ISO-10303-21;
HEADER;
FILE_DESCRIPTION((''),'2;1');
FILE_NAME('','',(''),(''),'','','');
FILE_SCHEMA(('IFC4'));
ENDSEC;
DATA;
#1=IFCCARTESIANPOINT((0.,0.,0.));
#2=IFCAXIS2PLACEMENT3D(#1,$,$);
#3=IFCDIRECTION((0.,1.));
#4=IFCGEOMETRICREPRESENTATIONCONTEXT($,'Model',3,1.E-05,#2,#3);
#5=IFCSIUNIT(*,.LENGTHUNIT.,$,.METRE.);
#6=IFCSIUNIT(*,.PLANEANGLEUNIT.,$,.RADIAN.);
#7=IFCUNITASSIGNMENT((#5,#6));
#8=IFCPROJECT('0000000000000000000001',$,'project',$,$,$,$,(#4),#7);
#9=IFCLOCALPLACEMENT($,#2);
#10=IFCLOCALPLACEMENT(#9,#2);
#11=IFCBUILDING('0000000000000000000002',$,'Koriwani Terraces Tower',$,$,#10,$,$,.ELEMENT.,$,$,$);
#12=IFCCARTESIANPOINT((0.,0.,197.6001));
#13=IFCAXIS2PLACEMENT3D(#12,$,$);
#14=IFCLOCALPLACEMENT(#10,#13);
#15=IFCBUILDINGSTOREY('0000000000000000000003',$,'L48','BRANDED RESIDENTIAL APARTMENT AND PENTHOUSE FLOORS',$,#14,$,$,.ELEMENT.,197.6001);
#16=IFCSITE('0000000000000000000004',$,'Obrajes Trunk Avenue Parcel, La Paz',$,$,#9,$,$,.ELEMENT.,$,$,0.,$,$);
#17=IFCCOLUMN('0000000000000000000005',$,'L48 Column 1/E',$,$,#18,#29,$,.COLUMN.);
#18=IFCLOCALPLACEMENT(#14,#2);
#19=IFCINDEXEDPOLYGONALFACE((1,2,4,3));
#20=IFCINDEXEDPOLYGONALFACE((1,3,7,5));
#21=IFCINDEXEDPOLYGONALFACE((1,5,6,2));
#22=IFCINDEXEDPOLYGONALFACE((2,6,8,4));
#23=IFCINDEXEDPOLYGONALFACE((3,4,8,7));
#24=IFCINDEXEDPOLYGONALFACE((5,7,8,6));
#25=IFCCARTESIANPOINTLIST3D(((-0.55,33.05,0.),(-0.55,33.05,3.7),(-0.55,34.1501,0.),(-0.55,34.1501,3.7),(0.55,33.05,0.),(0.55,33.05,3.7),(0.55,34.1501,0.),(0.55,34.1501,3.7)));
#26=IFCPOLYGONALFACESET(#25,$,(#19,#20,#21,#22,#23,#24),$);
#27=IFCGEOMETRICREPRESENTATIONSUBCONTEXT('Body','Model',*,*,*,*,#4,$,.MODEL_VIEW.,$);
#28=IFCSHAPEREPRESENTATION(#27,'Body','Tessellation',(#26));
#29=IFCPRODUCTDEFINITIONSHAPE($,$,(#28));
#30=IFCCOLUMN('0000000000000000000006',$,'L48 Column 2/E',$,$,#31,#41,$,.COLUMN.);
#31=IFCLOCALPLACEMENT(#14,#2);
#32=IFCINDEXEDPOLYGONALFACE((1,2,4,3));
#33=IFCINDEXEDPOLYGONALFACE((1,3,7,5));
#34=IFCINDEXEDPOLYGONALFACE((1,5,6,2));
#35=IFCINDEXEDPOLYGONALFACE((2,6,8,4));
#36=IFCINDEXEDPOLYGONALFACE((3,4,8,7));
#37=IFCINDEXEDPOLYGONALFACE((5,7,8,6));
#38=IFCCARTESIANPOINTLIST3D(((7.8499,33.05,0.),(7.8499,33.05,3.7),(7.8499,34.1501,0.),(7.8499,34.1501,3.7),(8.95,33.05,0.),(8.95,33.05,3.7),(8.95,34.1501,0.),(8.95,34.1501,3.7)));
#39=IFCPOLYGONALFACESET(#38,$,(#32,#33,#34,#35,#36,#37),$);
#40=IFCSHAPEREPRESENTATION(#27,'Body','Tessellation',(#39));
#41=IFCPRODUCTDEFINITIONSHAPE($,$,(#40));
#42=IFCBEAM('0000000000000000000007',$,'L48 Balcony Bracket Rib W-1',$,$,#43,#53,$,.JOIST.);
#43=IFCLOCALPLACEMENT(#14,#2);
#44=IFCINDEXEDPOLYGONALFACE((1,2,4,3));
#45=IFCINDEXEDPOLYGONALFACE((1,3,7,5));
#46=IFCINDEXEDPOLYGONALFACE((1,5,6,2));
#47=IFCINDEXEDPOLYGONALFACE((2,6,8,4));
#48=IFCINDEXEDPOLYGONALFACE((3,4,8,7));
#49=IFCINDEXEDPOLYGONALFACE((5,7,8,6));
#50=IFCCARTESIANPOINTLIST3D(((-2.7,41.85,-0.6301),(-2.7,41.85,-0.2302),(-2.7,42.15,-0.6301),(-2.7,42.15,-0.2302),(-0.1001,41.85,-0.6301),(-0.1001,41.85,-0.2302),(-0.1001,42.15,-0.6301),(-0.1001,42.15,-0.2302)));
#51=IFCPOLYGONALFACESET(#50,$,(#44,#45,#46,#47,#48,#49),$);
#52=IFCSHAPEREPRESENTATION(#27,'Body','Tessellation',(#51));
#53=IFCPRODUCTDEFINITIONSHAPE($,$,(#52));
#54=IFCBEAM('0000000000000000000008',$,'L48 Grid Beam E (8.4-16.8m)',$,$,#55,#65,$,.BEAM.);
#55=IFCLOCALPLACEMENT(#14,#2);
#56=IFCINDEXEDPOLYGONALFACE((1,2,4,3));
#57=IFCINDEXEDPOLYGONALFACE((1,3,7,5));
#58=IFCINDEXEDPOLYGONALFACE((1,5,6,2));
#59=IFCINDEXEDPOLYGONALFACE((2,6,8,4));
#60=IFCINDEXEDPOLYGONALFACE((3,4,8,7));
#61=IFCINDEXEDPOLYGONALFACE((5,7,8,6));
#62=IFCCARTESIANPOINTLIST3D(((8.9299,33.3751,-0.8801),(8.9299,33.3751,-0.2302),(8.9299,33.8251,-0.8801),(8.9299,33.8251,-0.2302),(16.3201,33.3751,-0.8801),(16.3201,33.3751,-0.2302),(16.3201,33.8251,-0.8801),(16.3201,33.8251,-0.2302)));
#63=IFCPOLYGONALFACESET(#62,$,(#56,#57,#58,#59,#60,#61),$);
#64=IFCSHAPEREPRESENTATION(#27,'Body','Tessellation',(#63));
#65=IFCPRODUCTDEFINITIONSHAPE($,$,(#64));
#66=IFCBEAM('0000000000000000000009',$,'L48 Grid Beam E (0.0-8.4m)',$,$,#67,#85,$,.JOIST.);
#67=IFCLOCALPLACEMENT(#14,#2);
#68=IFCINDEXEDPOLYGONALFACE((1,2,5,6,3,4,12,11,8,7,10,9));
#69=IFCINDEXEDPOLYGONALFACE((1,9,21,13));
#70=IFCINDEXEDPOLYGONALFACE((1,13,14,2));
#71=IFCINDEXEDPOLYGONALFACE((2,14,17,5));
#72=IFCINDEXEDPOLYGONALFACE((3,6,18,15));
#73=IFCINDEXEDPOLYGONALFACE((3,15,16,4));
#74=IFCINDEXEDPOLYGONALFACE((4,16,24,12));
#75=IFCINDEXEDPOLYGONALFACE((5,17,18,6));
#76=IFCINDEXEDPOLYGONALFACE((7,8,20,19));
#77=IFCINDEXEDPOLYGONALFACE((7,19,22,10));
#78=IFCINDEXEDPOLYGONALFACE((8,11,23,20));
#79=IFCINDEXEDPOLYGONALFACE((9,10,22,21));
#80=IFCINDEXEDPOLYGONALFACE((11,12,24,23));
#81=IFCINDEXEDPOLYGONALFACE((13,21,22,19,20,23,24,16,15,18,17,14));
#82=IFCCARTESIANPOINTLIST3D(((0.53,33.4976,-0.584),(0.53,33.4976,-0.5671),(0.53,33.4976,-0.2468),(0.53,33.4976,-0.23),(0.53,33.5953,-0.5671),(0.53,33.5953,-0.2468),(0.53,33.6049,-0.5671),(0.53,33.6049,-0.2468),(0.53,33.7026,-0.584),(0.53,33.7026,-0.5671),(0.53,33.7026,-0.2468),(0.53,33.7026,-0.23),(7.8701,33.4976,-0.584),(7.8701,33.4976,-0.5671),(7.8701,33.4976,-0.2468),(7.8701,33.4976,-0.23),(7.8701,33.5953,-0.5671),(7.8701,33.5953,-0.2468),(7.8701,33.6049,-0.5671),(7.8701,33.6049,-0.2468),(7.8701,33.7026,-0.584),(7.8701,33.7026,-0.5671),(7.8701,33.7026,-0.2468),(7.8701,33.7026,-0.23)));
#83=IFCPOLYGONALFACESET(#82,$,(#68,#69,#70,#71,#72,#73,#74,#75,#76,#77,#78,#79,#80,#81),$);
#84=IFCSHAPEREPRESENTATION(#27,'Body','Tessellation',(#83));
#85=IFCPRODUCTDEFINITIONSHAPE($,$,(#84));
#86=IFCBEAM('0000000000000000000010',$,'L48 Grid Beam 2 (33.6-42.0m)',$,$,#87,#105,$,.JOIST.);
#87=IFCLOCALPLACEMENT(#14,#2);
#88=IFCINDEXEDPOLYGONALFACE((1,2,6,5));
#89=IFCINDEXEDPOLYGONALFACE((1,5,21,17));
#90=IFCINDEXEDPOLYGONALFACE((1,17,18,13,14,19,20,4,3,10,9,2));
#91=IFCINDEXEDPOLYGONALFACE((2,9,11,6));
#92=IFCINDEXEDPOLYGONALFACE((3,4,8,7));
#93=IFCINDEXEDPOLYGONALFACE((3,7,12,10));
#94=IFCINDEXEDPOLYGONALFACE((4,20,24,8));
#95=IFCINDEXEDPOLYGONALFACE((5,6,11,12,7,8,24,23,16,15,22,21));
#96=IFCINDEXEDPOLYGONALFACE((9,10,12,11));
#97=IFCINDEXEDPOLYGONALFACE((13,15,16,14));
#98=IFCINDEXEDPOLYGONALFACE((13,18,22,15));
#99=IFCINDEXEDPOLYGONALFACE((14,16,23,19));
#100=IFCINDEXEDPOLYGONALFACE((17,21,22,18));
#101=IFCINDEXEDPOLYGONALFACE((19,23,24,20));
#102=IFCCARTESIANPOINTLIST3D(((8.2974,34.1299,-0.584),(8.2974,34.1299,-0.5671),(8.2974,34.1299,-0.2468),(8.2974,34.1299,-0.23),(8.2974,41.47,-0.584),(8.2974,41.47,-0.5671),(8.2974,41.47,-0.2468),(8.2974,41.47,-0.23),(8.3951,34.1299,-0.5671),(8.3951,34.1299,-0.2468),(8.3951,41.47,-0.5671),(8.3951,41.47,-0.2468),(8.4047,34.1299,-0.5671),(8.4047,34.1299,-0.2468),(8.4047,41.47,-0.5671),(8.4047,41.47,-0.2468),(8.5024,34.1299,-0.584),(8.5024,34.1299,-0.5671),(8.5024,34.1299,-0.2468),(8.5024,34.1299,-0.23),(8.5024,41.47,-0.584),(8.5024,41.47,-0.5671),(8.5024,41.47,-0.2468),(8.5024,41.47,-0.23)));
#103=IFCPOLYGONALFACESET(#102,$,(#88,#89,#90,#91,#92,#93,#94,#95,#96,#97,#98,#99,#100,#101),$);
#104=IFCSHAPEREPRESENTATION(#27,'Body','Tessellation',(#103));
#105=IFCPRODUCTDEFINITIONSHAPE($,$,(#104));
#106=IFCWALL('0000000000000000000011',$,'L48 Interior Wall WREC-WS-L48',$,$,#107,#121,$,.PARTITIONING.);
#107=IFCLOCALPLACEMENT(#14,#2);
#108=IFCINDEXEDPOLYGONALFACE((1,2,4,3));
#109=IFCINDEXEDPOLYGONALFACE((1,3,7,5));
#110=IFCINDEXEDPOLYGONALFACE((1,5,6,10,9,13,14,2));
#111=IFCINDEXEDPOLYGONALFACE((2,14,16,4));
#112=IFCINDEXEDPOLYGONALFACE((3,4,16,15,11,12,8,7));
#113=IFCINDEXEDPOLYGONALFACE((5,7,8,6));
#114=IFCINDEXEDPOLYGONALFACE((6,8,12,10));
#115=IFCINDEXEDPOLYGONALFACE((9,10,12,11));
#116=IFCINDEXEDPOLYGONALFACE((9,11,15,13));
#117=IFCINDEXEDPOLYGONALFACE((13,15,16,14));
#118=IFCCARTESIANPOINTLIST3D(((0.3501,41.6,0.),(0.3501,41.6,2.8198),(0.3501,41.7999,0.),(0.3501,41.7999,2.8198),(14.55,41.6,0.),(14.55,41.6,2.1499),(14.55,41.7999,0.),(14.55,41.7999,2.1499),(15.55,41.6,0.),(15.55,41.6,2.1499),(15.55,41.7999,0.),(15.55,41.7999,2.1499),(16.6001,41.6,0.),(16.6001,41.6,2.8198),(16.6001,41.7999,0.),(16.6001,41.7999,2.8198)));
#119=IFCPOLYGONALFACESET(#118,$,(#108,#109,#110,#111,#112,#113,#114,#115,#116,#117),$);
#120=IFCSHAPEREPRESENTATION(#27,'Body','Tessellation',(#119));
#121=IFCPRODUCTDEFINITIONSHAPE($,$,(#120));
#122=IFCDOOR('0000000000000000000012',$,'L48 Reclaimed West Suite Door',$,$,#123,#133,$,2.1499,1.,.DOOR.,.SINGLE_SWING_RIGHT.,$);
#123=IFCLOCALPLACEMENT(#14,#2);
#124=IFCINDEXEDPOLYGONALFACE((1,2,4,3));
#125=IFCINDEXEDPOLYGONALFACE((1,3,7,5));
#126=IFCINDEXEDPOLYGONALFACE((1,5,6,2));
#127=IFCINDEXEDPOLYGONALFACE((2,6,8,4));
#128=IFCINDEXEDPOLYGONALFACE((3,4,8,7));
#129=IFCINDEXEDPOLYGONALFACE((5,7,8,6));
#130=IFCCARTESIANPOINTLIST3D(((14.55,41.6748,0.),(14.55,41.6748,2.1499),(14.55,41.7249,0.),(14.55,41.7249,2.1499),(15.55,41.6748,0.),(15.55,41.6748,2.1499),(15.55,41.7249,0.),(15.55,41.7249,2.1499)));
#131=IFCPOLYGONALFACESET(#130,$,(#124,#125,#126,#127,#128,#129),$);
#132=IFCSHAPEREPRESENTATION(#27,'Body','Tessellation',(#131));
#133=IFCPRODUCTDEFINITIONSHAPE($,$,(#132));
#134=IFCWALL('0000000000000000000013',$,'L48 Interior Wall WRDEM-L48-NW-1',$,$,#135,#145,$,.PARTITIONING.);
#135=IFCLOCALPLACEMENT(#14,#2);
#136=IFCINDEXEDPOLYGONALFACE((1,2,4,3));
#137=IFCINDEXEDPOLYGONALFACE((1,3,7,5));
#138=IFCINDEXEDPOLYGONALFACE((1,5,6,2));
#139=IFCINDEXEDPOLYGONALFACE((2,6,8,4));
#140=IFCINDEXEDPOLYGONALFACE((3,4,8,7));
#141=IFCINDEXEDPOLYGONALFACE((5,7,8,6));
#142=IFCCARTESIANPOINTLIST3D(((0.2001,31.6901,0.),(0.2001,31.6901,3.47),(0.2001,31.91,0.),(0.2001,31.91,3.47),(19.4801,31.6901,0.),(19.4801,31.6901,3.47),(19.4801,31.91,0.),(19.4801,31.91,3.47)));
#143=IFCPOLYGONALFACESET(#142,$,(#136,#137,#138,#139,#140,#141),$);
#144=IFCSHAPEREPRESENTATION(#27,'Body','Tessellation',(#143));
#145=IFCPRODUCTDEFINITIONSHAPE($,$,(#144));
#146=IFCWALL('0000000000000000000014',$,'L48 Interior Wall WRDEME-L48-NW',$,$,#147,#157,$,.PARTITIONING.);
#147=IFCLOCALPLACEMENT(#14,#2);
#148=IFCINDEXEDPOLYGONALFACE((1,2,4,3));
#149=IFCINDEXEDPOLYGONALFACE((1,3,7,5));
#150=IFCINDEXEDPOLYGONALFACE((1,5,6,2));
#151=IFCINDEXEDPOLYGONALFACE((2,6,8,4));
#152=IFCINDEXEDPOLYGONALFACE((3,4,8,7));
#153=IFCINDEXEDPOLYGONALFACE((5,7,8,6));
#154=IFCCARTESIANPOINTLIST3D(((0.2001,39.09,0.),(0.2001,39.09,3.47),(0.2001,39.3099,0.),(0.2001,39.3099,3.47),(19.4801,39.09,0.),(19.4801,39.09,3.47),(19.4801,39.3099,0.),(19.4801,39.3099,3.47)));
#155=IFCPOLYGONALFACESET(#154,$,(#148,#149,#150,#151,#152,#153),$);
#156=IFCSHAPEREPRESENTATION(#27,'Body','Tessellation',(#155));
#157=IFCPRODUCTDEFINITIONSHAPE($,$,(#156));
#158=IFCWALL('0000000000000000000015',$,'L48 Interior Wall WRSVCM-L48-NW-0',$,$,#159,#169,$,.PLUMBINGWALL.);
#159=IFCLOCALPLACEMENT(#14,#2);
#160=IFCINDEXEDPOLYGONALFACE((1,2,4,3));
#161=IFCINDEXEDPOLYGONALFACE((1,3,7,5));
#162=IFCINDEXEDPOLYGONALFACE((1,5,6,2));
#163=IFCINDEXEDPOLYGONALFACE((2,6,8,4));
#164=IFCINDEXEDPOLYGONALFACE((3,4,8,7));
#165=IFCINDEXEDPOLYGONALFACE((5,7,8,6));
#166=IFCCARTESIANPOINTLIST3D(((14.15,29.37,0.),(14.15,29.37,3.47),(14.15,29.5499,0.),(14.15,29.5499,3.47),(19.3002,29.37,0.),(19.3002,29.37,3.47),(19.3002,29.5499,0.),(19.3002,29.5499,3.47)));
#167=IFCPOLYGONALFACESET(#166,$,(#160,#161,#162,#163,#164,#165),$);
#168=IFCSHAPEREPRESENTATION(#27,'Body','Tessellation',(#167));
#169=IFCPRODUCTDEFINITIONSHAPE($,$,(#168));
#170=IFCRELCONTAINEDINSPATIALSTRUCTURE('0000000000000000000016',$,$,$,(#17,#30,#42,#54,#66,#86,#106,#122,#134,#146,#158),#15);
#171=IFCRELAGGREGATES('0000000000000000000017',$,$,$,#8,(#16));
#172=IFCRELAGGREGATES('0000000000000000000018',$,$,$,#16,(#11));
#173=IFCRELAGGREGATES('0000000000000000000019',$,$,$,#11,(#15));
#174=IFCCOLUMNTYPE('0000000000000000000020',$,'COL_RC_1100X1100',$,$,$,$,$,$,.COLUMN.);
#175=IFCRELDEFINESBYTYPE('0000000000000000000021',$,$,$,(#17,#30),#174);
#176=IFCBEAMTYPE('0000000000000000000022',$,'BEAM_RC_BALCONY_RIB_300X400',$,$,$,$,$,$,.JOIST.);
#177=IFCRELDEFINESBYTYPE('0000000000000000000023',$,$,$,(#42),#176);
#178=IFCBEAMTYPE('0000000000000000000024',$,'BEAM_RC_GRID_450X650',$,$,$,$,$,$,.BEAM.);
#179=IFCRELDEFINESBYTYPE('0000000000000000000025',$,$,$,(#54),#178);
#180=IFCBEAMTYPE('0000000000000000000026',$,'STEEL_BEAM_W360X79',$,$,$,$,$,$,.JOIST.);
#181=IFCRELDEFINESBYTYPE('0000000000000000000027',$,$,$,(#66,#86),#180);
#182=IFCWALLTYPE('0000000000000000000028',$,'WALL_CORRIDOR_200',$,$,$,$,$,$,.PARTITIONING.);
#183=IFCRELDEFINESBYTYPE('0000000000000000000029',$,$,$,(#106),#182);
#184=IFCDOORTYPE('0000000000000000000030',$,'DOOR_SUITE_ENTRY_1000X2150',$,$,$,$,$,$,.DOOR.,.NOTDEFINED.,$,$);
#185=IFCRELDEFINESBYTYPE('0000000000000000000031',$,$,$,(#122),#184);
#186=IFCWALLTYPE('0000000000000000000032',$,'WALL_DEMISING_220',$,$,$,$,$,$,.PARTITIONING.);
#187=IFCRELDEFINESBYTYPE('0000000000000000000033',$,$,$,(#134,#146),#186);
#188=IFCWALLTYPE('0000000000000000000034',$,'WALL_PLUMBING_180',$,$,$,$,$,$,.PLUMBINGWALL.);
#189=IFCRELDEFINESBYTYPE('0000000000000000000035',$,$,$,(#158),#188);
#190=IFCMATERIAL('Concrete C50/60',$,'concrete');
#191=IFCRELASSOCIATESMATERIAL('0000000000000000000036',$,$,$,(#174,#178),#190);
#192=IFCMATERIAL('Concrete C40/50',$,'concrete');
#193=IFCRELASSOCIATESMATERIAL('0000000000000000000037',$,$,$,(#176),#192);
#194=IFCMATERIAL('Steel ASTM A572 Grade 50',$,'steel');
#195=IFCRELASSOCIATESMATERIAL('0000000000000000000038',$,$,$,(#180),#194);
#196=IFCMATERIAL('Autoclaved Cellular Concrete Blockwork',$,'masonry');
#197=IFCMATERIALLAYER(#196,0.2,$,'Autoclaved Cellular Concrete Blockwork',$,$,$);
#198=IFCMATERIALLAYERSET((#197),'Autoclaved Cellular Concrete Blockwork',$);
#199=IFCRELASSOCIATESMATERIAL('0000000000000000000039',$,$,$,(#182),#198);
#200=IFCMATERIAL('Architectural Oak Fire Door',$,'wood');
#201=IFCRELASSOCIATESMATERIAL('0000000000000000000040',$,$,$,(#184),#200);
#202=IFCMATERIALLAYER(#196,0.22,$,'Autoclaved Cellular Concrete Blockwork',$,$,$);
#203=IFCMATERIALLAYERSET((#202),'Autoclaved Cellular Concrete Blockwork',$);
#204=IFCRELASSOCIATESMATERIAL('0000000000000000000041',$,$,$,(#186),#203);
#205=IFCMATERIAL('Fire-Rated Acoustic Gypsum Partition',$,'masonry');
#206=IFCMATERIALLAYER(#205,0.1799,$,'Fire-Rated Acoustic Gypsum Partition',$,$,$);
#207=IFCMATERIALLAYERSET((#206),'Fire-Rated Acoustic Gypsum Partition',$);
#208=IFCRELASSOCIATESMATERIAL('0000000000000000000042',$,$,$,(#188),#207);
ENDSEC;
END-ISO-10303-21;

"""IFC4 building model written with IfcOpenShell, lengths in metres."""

from ifc_helpers import new_model, si_unit, direction, frame, frame_2d, origin, origin_2d, place, context, subcontext, project, spatial, rectangle, i_section, extrude, material, layer, layer_set, material_profile, profile_set, type_object, element, fill, save


model = new_model("IFC4")

# Units and contexts
model_context = context("Model", 3, precision=1e-05, world=origin(), true_north=direction((0.0, 1.0)))
body_context = subcontext(model_context, "Body", "Model", "MODEL_VIEW")
ifc_project = project(units=[si_unit("LENGTHUNIT", "METRE"), si_unit("PLANEANGLEUNIT", "RADIAN")], contexts=[model_context])

# Site, building, storey
site_placement = place(None, origin())
site = spatial("IfcSite", under=ifc_project, at=site_placement, Name="Obrajes Trunk Avenue Parcel, La Paz", CompositionType="ELEMENT", RefElevation=0.0)
building_placement = place(site_placement, origin())
building = spatial("IfcBuilding", under=site, at=building_placement, Name="Koriwani Terraces Tower", CompositionType="ELEMENT")
storey_placement = place(building_placement, frame((0.0, 0.0, 197.6001)))
storey = spatial("IfcBuildingStorey", under=building, at=storey_placement, Name="L48", Description="BRANDED RESIDENTIAL APARTMENT AND PENTHOUSE FLOORS", CompositionType="ELEMENT", Elevation=197.6001)

# Columns
ifc_material_1 = material(Name="Concrete C50/60", Category="concrete")
ifc_material_profile_1 = material_profile(ifc_material_1, rectangle(XDim=1.1001, YDim=1.1001, at=origin_2d()), Name="Concrete C50/60", Category="LoadBearing")
ifc_profile_set_1 = profile_set([ifc_material_profile_1], Name="Concrete C50/60")
column_type = type_object("IfcColumnType", Name="COL_RC_1100X1100", PredefinedType="COLUMN", material=ifc_profile_set_1)
for number, where, z_axis, x_axis, name in (
    (1, (0.0, 33.6001, 0.0), (0.0, 0.0, 1.0), (1.0, 0.0, 0.0), "L48 Column 1/E"),
    (2, (8.3999, 33.6001, 0.0), (0.0, 0.0, 1.0), (1.0, 0.0, 0.0), "L48 Column 2/E"),
):
    element("IfcColumn", number, at=place(storey_placement, frame(where, z_axis=z_axis, x_axis=x_axis)), inside=storey, type_object=column_type, Name=name, PredefinedType="COLUMN", context=body_context, shape_type="SweptSolid", body=[
        extrude(rectangle(XDim=1.1001, YDim=1.1001, at=origin_2d()), origin(), (0.0, 0.0, 1.0), 3.7),
    ])

# Beams
ifc_material_2 = material(Name="Concrete C40/50", Category="concrete")
ifc_material_profile_2 = material_profile(ifc_material_2, rectangle(XDim=0.3, YDim=0.3999, at=origin_2d()), Name="Concrete C40/50", Category="LoadBearing")
ifc_profile_set_2 = profile_set([ifc_material_profile_2], Name="Concrete C40/50")
beam_type_1 = type_object("IfcBeamType", Name="BEAM_RC_BALCONY_RIB_300X400", PredefinedType="JOIST", material=ifc_profile_set_2)
beam_1_placement = place(storey_placement, frame((-2.7, 42.0, -0.4302), z_axis=(1.0, 0.0, 0.0), x_axis=(0.0, 1.0, 0.0)))
element("IfcBeam", 3, at=beam_1_placement, inside=storey, type_object=beam_type_1, Name="L48 Balcony Bracket Rib W-1", PredefinedType="JOIST", context=body_context, shape_type="SweptSolid", body=[
    extrude(rectangle(XDim=0.3, YDim=0.3999, at=origin_2d()), origin(), (0.0, 0.0, 1.0), 2.5999),
])
ifc_material_profile_3 = material_profile(ifc_material_1, rectangle(XDim=0.45, YDim=0.6499, at=origin_2d()), Name="Concrete C50/60", Category="LoadBearing")
ifc_profile_set_3 = profile_set([ifc_material_profile_3], Name="Concrete C50/60")
beam_type_2 = type_object("IfcBeamType", Name="BEAM_RC_GRID_450X650", PredefinedType="BEAM", material=ifc_profile_set_3)
beam_2_placement = place(storey_placement, frame((8.9299, 33.6001, -0.5552), z_axis=(1.0, 0.0, 0.0), x_axis=(0.0, 1.0, 0.0)))
element("IfcBeam", 4, at=beam_2_placement, inside=storey, type_object=beam_type_2, Name="L48 Grid Beam E (8.4-16.8m)", PredefinedType="BEAM", context=body_context, shape_type="SweptSolid", body=[
    extrude(rectangle(XDim=0.45, YDim=0.6499, at=origin_2d()), origin(), (0.0, 0.0, 1.0), 7.3901),
])
ifc_material_3 = material(Name="Steel ASTM A572 Grade 50", Category="steel")
ifc_material_profile_4 = material_profile(ifc_material_3, i_section(OverallWidth=0.2051, OverallDepth=0.354, WebThickness=0.0095, FlangeThickness=0.0168, at=origin_2d()), Name="Steel ASTM A572 Grade 50", Category="LoadBearing")
ifc_profile_set_4 = profile_set([ifc_material_profile_4], Name="Steel ASTM A572 Grade 50")
beam_type_3 = type_object("IfcBeamType", Name="STEEL_BEAM_W360X79", PredefinedType="JOIST", material=ifc_profile_set_4)
for number, where, z_axis, x_axis, name in (
    (5, (0.53, 33.6001, -0.407), (1.0, 0.0, 0.0), (0.0, 1.0, 0.0), "L48 Grid Beam E (0.0-8.4m)"),
    (6, (8.3999, 34.1299, -0.407), (0.0, 1.0, 0.0), (-1.0, 0.0, 0.0), "L48 Grid Beam 2 (33.6-42.0m)"),
):
    element("IfcBeam", number, at=place(storey_placement, frame(where, z_axis=z_axis, x_axis=x_axis)), inside=storey, type_object=beam_type_3, Name=name, PredefinedType="JOIST", context=body_context, shape_type="SweptSolid", body=[
        extrude(i_section(OverallWidth=0.2051, OverallDepth=0.354, WebThickness=0.0095, FlangeThickness=0.0168, at=origin_2d()), origin(), (0.0, 0.0, 1.0), 7.3401),
    ])

# Wall, opening, door
ifc_material_4 = material(Name="Autoclaved Cellular Concrete Blockwork", Category="masonry")
ifc_layer_1 = layer(ifc_material_4, 0.2, Name="Autoclaved Cellular Concrete Blockwork")
ifc_layer_set_1 = layer_set([ifc_layer_1], Name="Autoclaved Cellular Concrete Blockwork")
wall_type_1 = type_object("IfcWallType", Name="WALL_CORRIDOR_200", PredefinedType="PARTITIONING", material=ifc_layer_set_1)
wall_1_placement = place(storey_placement, frame((0.3501, 41.7, 0.0), z_axis=(0.0, 0.0, 1.0), x_axis=(1.0, 0.0, 0.0)))
wall_1 = element("IfcWall", 7, at=wall_1_placement, inside=storey, type_object=wall_type_1, Name="L48 Interior Wall WREC-WS-L48", PredefinedType="PARTITIONING", context=body_context, shape_type="SweptSolid", body=[
    extrude(rectangle(XDim=16.25, YDim=0.2, at=frame_2d((8.125, 0.0))), origin(), (0.0, 0.0, 1.0), 2.8198),
])
opening_1_placement = place(wall_1_placement, frame((14.2, 0.0, 0.0)))
opening_1 = element("IfcOpeningElement", 8, at=opening_1_placement, cuts=wall_1, PredefinedType="OPENING", context=body_context, shape_type="SweptSolid", body=[
    extrude(rectangle(XDim=1.0, YDim=2.1499, at=frame_2d((0.5, 1.075))), frame((0.0, 0.1099, 0.0), z_axis=(0.0, -1.0, 0.0), x_axis=(1.0, 0.0, 0.0)), (0.0, 0.0, 1.0), 0.22),
])
ifc_material_5 = material(Name="Architectural Oak Fire Door", Category="wood")
door_type_1 = type_object("IfcDoorType", Name="DOOR_SUITE_ENTRY_1000X2150", OperationType="NOTDEFINED", PredefinedType="DOOR", material=ifc_material_5)
door_1_placement = place(opening_1_placement, origin())
door_1 = element("IfcDoor", 9, at=door_1_placement, inside=storey, type_object=door_type_1, Name="L48 Reclaimed West Suite Door", OperationType="SINGLE_SWING_RIGHT", OverallHeight=2.1499, OverallWidth=1.0, PredefinedType="DOOR", context=body_context, shape_type="SweptSolid", body=[
    extrude(rectangle(XDim=1.0, YDim=2.1499, at=frame_2d((0.5, 1.075))), frame((0.0, 0.0249, 0.0), z_axis=(0.0, -1.0, 0.0), x_axis=(1.0, 0.0, 0.0)), (0.0, 0.0, 1.0), 0.05),
])
fill(opening_1, door_1)

# Walls
ifc_layer_2 = layer(ifc_material_4, 0.22, Name="Autoclaved Cellular Concrete Blockwork")
ifc_layer_set_2 = layer_set([ifc_layer_2], Name="Autoclaved Cellular Concrete Blockwork")
wall_type_2 = type_object("IfcWallType", Name="WALL_DEMISING_220", PredefinedType="PARTITIONING", material=ifc_layer_set_2)
for number, where, z_axis, x_axis, name in (
    (10, (0.2, 31.8, 0.0), (0.0, 0.0, 1.0), (1.0, 0.0, 0.0), "L48 Interior Wall WRDEM-L48-NW-1"),
    (11, (0.2, 39.2, 0.0), (0.0, 0.0, 1.0), (1.0, 0.0, 0.0), "L48 Interior Wall WRDEME-L48-NW"),
):
    element("IfcWall", number, at=place(storey_placement, frame(where, z_axis=z_axis, x_axis=x_axis)), inside=storey, type_object=wall_type_2, Name=name, PredefinedType="PARTITIONING", context=body_context, shape_type="SweptSolid", body=[
        extrude(rectangle(XDim=19.28, YDim=0.22, at=frame_2d((9.6401, 0.0))), origin(), (0.0, 0.0, 1.0), 3.47),
    ])
ifc_material_6 = material(Name="Fire-Rated Acoustic Gypsum Partition", Category="masonry")
ifc_layer_3 = layer(ifc_material_6, 0.1799, Name="Fire-Rated Acoustic Gypsum Partition")
ifc_layer_set_3 = layer_set([ifc_layer_3], Name="Fire-Rated Acoustic Gypsum Partition")
wall_type_3 = type_object("IfcWallType", Name="WALL_PLUMBING_180", PredefinedType="PLUMBINGWALL", material=ifc_layer_set_3)
wall_2_placement = place(storey_placement, frame((14.1499, 29.46, 0.0), z_axis=(0.0, 0.0, 1.0), x_axis=(1.0, 0.0, 0.0)))
element("IfcWall", 12, at=wall_2_placement, inside=storey, type_object=wall_type_3, Name="L48 Interior Wall WRSVCM-L48-NW-0", PredefinedType="PLUMBINGWALL", context=body_context, shape_type="SweptSolid", body=[
    extrude(rectangle(XDim=5.1501, YDim=0.1799, at=frame_2d((2.5752, 0.0))), origin(), (0.0, 0.0, 1.0), 3.47),
])

save(model, "model.ifc")
